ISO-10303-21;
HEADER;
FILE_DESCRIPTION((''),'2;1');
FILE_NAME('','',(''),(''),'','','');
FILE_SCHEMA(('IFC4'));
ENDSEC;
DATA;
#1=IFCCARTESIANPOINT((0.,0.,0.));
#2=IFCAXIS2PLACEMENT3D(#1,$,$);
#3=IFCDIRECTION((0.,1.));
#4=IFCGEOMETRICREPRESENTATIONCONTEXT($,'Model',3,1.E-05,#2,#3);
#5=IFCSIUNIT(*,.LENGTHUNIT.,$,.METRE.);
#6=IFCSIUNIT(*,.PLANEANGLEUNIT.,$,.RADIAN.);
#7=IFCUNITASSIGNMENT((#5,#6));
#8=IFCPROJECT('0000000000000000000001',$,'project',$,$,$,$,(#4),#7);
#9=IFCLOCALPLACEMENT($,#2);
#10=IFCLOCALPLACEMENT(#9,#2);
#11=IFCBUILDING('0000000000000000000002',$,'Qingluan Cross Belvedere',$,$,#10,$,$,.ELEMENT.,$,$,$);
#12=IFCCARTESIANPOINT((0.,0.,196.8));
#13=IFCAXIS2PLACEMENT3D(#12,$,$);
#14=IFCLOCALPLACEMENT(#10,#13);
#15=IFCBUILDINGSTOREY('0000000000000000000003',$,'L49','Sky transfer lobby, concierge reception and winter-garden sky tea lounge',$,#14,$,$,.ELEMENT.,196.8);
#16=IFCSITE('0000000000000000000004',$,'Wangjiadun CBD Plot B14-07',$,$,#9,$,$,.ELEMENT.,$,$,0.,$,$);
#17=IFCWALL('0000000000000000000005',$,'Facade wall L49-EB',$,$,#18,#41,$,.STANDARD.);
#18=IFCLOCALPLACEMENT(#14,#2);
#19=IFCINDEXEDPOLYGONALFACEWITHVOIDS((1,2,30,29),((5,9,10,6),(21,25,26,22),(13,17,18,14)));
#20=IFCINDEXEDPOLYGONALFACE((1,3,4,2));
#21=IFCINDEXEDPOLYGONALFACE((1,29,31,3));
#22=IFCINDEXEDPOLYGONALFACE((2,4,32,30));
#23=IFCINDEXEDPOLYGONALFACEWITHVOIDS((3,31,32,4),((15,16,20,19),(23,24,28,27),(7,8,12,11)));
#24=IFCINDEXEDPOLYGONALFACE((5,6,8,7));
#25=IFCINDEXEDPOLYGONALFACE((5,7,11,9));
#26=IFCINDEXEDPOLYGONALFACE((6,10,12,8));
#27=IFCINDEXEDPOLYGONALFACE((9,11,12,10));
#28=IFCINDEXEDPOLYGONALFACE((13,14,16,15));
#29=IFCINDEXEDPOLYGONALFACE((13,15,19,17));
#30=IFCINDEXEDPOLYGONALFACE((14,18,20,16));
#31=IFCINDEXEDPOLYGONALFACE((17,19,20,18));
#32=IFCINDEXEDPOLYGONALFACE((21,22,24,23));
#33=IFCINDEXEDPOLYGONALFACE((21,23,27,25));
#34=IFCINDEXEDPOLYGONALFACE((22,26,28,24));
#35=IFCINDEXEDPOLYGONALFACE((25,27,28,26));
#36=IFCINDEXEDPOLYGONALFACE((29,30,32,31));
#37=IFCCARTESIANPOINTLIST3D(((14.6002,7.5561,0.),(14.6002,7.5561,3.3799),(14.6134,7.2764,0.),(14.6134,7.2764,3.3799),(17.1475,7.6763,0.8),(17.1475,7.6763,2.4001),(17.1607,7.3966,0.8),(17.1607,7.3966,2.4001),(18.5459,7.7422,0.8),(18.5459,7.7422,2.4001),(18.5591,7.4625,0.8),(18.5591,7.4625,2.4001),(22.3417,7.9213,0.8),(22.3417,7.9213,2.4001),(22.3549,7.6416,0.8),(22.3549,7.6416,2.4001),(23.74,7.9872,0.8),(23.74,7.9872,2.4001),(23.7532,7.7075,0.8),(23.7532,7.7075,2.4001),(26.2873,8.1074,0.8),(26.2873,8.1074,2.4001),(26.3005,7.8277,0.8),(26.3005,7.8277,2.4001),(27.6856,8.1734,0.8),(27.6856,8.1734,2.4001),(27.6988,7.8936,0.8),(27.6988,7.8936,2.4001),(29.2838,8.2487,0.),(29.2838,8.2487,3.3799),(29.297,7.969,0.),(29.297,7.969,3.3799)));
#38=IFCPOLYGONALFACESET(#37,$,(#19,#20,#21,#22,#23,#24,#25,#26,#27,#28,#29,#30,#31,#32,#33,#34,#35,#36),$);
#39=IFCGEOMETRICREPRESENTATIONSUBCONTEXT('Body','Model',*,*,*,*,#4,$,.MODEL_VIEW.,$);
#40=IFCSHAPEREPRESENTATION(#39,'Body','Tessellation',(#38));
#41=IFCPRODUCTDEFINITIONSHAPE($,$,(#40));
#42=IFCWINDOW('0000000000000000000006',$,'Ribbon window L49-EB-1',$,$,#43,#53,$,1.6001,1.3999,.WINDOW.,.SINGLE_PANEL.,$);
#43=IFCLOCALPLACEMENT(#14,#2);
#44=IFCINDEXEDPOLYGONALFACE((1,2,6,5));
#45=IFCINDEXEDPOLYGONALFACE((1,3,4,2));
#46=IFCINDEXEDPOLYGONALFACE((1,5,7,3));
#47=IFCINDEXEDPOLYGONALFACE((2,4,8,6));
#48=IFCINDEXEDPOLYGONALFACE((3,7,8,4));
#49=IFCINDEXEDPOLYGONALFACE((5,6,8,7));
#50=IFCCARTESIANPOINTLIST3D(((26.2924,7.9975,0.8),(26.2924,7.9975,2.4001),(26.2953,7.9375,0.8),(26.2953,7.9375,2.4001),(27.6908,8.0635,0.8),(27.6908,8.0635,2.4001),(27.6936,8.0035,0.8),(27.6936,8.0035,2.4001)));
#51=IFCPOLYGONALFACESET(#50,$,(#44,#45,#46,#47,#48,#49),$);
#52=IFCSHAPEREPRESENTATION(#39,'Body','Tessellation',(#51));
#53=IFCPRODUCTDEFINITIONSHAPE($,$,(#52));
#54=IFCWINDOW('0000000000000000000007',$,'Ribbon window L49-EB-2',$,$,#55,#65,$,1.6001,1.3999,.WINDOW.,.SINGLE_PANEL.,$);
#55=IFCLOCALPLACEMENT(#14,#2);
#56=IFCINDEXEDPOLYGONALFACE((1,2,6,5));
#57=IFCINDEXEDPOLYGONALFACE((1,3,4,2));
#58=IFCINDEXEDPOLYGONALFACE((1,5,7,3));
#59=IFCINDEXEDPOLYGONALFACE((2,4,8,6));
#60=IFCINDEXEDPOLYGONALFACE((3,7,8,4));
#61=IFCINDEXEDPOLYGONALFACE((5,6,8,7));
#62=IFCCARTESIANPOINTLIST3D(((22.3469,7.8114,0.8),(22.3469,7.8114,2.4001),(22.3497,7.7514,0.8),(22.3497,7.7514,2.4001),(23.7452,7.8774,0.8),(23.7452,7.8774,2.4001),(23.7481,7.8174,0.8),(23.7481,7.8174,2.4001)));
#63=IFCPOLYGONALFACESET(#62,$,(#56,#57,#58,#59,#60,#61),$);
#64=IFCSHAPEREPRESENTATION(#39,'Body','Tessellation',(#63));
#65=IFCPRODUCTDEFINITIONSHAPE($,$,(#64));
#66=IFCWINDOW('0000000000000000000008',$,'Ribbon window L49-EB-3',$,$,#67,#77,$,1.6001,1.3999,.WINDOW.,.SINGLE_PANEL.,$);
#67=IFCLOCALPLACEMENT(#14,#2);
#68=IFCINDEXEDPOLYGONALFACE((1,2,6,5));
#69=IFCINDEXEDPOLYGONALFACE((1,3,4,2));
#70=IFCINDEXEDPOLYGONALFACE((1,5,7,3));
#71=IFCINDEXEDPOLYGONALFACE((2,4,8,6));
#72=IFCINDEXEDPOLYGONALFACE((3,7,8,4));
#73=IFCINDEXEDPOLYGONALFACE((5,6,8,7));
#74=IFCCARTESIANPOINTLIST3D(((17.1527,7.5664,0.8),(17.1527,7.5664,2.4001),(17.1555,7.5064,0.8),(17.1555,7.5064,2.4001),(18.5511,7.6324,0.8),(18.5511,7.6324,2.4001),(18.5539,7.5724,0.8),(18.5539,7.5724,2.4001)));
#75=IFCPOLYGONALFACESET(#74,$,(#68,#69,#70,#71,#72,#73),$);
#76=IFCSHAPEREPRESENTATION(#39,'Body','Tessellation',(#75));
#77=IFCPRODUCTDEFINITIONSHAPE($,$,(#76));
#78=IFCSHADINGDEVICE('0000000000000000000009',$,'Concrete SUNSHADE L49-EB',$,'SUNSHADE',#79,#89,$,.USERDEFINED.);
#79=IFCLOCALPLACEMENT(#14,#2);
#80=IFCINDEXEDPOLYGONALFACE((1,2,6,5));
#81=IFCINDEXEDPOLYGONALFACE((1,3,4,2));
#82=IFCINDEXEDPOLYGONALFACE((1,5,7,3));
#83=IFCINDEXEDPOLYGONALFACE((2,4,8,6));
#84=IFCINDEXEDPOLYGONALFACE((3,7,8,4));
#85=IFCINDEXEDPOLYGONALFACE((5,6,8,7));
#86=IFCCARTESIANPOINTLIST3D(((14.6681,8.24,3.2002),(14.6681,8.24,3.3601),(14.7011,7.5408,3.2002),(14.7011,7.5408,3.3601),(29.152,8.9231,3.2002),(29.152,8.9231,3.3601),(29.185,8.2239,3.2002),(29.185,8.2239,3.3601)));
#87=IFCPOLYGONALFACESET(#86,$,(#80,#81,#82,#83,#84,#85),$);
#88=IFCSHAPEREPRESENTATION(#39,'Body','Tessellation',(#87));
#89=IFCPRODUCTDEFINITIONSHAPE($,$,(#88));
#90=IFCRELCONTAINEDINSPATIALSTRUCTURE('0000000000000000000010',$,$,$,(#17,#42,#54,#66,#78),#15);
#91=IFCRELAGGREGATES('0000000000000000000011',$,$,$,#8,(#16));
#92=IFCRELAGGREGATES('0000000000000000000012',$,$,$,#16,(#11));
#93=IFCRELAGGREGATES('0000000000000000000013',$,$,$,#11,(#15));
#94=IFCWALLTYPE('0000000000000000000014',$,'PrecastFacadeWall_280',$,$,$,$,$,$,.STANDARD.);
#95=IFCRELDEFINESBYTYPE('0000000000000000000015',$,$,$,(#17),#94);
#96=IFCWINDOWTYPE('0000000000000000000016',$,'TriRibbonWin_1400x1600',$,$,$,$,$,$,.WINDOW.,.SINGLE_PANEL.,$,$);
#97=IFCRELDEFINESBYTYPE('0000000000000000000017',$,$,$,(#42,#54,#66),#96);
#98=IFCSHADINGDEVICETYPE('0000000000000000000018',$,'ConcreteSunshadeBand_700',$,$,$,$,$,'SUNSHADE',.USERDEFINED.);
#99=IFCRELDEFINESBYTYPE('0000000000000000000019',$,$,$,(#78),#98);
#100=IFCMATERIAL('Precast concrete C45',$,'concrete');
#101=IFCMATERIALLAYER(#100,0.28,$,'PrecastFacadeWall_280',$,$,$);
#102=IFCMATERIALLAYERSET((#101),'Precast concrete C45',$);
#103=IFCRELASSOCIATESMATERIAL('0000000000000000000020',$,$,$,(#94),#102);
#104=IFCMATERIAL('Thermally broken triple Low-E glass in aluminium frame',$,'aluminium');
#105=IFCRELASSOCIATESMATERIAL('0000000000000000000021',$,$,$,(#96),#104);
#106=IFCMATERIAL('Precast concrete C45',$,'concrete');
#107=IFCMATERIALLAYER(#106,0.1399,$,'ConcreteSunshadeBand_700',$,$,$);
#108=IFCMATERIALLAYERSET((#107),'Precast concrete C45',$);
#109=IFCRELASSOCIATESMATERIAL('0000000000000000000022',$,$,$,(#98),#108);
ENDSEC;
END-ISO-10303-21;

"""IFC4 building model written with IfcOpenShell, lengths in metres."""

from ifc_helpers import new_model, si_unit, direction, frame, frame_2d, origin, origin_2d, place, context, subcontext, project, spatial, rectangle, extrude, material, layer, layer_set, type_object, element, fill, save


model = new_model("IFC4")

# Units and contexts
model_context = context("Model", 3, precision=1e-05, world=origin(), true_north=direction((0.0, 1.0)))
body_context = subcontext(model_context, "Body", "Model", "MODEL_VIEW")
ifc_project = project(units=[si_unit("LENGTHUNIT", "METRE"), si_unit("PLANEANGLEUNIT", "RADIAN")], contexts=[model_context])

# Site, building, storey
site_placement = place(None, origin())
site = spatial("IfcSite", under=ifc_project, at=site_placement, Name="Wangjiadun CBD Plot B14-07", CompositionType="ELEMENT", RefElevation=0.0)
building_placement = place(site_placement, origin())
building = spatial("IfcBuilding", under=site, at=building_placement, Name="Qingluan Cross Belvedere", CompositionType="ELEMENT")
storey_placement = place(building_placement, frame((0.0, 0.0, 196.8)))
storey = spatial("IfcBuildingStorey", under=building, at=storey_placement, Name="L49", Description="Sky transfer lobby, concierge reception and winter-garden sky tea lounge", CompositionType="ELEMENT", Elevation=196.8)

# Wall, openings, windows
ifc_material_1 = material(Name="Precast concrete C45", Category="concrete")
ifc_layer_1 = layer(ifc_material_1, 0.28, Name="PrecastFacadeWall_280")
ifc_layer_set_1 = layer_set([ifc_layer_1], Name="Precast concrete C45")
wall_type_1 = type_object("IfcWallType", Name="PrecastFacadeWall_280", PredefinedType="STANDARD", material=ifc_layer_set_1)
wall_1_placement = place(storey_placement, frame((29.2905, 8.1089, 0.0), z_axis=(0.0, 0.0, 1.0), x_axis=(-0.998889, -0.047118, 0.0)))
wall_1 = element("IfcWall", 1, at=wall_1_placement, inside=storey, type_object=wall_type_1, Name="Facade wall L49-EB", PredefinedType="STANDARD", context=body_context, shape_type="SweptSolid", body=[
    extrude(rectangle(XDim=14.7, YDim=0.28, at=frame_2d((7.3501, 0.0))), origin(), (0.0, 0.0, 1.0), 3.3799),
])
opening_1_placement = place(wall_1_placement, frame((1.6001, 0.0, 0.8)))
opening_1 = element("IfcOpeningElement", 2, at=opening_1_placement, cuts=wall_1, PredefinedType="OPENING", context=body_context, shape_type="SweptSolid", body=[
    extrude(rectangle(XDim=1.3999, YDim=1.6001, at=frame_2d((0.7, 0.8))), frame((0.0, 0.1499, 0.0), z_axis=(0.0, -1.0, 0.0), x_axis=(1.0, 0.0, 0.0)), (0.0, 0.0, 1.0), 0.3),
])
opening_2_placement = place(wall_1_placement, frame((5.55, 0.0, 0.8)))
opening_2 = element("IfcOpeningElement", 3, at=opening_2_placement, cuts=wall_1, PredefinedType="OPENING", context=body_context, shape_type="SweptSolid", body=[
    extrude(rectangle(XDim=1.3999, YDim=1.6001, at=frame_2d((0.7, 0.8))), frame((0.0, 0.1499, 0.0), z_axis=(0.0, -1.0, 0.0), x_axis=(1.0, 0.0, 0.0)), (0.0, 0.0, 1.0), 0.3),
])
opening_3_placement = place(wall_1_placement, frame((10.75, 0.0, 0.8)))
opening_3 = element("IfcOpeningElement", 4, at=opening_3_placement, cuts=wall_1, PredefinedType="OPENING", context=body_context, shape_type="SweptSolid", body=[
    extrude(rectangle(XDim=1.3999, YDim=1.6001, at=frame_2d((0.7, 0.8))), frame((0.0, 0.1499, 0.0), z_axis=(0.0, -1.0, 0.0), x_axis=(1.0, 0.0, 0.0)), (0.0, 0.0, 1.0), 0.3),
])
ifc_material_2 = material(Name="Thermally broken triple Low-E glass in aluminium frame", Category="aluminium")
window_type = type_object("IfcWindowType", Name="TriRibbonWin_1400x1600", PartitioningType="SINGLE_PANEL", PredefinedType="WINDOW", material=ifc_material_2)
window_1_placement = place(opening_1_placement, origin())
window_1 = element("IfcWindow", 5, at=window_1_placement, inside=storey, type_object=window_type, Name="Ribbon window L49-EB-1", OverallHeight=1.6001, OverallWidth=1.3999, PartitioningType="SINGLE_PANEL", PredefinedType="WINDOW", context=body_context, shape_type="SweptSolid", body=[
    extrude(rectangle(XDim=1.3999, YDim=1.6001, at=frame_2d((0.7, 0.8))), frame((0.0, 0.03, 0.0), z_axis=(0.0, -1.0, 0.0), x_axis=(1.0, 0.0, 0.0)), (0.0, 0.0, 1.0), 0.0601),
])
fill(opening_1, window_1)
window_2_placement = place(opening_2_placement, origin())
window_2 = element("IfcWindow", 6, at=window_2_placement, inside=storey, type_object=window_type, Name="Ribbon window L49-EB-2", OverallHeight=1.6001, OverallWidth=1.3999, PartitioningType="SINGLE_PANEL", PredefinedType="WINDOW", context=body_context, shape_type="SweptSolid", body=[
    extrude(rectangle(XDim=1.3999, YDim=1.6001, at=frame_2d((0.7, 0.8))), frame((0.0, 0.03, 0.0), z_axis=(0.0, -1.0, 0.0), x_axis=(1.0, 0.0, 0.0)), (0.0, 0.0, 1.0), 0.0601),
])
fill(opening_2, window_2)
window_3_placement = place(opening_3_placement, origin())
window_3 = element("IfcWindow", 7, at=window_3_placement, inside=storey, type_object=window_type, Name="Ribbon window L49-EB-3", OverallHeight=1.6001, OverallWidth=1.3999, PartitioningType="SINGLE_PANEL", PredefinedType="WINDOW", context=body_context, shape_type="SweptSolid", body=[
    extrude(rectangle(XDim=1.3999, YDim=1.6001, at=frame_2d((0.7, 0.8))), frame((0.0, 0.03, 0.0), z_axis=(0.0, -1.0, 0.0), x_axis=(1.0, 0.0, 0.0)), (0.0, 0.0, 1.0), 0.0601),
])
fill(opening_3, window_3)

# Shading device
ifc_material_3 = material(Name="Precast concrete C45", Category="concrete")
ifc_layer_2 = layer(ifc_material_3, 0.1399, Name="ConcreteSunshadeBand_700")
ifc_layer_set_2 = layer_set([ifc_layer_2], Name="Precast concrete C45")
shading_device_type = type_object("IfcShadingDeviceType", Name="ConcreteSunshadeBand_700", ElementType="SUNSHADE", PredefinedType="USERDEFINED", material=ifc_layer_set_2)
shading_device_placement = place(storey_placement, frame((21.9265, 8.2319, 3.2002), z_axis=(0.0, 0.0, 1.0), x_axis=(-0.99889, -0.047109, 0.0)))
element("IfcShadingDevice", 8, at=shading_device_placement, inside=storey, type_object=shading_device_type, Name="Concrete SUNSHADE L49-EB", ObjectType="SUNSHADE", PredefinedType="USERDEFINED", context=body_context, shape_type="SweptSolid", body=[
    extrude(rectangle(XDim=14.5, YDim=0.7, at=origin_2d()), origin(), (0.0, 0.0, 1.0), 0.1599),
])

save(model, "model.ifc")
